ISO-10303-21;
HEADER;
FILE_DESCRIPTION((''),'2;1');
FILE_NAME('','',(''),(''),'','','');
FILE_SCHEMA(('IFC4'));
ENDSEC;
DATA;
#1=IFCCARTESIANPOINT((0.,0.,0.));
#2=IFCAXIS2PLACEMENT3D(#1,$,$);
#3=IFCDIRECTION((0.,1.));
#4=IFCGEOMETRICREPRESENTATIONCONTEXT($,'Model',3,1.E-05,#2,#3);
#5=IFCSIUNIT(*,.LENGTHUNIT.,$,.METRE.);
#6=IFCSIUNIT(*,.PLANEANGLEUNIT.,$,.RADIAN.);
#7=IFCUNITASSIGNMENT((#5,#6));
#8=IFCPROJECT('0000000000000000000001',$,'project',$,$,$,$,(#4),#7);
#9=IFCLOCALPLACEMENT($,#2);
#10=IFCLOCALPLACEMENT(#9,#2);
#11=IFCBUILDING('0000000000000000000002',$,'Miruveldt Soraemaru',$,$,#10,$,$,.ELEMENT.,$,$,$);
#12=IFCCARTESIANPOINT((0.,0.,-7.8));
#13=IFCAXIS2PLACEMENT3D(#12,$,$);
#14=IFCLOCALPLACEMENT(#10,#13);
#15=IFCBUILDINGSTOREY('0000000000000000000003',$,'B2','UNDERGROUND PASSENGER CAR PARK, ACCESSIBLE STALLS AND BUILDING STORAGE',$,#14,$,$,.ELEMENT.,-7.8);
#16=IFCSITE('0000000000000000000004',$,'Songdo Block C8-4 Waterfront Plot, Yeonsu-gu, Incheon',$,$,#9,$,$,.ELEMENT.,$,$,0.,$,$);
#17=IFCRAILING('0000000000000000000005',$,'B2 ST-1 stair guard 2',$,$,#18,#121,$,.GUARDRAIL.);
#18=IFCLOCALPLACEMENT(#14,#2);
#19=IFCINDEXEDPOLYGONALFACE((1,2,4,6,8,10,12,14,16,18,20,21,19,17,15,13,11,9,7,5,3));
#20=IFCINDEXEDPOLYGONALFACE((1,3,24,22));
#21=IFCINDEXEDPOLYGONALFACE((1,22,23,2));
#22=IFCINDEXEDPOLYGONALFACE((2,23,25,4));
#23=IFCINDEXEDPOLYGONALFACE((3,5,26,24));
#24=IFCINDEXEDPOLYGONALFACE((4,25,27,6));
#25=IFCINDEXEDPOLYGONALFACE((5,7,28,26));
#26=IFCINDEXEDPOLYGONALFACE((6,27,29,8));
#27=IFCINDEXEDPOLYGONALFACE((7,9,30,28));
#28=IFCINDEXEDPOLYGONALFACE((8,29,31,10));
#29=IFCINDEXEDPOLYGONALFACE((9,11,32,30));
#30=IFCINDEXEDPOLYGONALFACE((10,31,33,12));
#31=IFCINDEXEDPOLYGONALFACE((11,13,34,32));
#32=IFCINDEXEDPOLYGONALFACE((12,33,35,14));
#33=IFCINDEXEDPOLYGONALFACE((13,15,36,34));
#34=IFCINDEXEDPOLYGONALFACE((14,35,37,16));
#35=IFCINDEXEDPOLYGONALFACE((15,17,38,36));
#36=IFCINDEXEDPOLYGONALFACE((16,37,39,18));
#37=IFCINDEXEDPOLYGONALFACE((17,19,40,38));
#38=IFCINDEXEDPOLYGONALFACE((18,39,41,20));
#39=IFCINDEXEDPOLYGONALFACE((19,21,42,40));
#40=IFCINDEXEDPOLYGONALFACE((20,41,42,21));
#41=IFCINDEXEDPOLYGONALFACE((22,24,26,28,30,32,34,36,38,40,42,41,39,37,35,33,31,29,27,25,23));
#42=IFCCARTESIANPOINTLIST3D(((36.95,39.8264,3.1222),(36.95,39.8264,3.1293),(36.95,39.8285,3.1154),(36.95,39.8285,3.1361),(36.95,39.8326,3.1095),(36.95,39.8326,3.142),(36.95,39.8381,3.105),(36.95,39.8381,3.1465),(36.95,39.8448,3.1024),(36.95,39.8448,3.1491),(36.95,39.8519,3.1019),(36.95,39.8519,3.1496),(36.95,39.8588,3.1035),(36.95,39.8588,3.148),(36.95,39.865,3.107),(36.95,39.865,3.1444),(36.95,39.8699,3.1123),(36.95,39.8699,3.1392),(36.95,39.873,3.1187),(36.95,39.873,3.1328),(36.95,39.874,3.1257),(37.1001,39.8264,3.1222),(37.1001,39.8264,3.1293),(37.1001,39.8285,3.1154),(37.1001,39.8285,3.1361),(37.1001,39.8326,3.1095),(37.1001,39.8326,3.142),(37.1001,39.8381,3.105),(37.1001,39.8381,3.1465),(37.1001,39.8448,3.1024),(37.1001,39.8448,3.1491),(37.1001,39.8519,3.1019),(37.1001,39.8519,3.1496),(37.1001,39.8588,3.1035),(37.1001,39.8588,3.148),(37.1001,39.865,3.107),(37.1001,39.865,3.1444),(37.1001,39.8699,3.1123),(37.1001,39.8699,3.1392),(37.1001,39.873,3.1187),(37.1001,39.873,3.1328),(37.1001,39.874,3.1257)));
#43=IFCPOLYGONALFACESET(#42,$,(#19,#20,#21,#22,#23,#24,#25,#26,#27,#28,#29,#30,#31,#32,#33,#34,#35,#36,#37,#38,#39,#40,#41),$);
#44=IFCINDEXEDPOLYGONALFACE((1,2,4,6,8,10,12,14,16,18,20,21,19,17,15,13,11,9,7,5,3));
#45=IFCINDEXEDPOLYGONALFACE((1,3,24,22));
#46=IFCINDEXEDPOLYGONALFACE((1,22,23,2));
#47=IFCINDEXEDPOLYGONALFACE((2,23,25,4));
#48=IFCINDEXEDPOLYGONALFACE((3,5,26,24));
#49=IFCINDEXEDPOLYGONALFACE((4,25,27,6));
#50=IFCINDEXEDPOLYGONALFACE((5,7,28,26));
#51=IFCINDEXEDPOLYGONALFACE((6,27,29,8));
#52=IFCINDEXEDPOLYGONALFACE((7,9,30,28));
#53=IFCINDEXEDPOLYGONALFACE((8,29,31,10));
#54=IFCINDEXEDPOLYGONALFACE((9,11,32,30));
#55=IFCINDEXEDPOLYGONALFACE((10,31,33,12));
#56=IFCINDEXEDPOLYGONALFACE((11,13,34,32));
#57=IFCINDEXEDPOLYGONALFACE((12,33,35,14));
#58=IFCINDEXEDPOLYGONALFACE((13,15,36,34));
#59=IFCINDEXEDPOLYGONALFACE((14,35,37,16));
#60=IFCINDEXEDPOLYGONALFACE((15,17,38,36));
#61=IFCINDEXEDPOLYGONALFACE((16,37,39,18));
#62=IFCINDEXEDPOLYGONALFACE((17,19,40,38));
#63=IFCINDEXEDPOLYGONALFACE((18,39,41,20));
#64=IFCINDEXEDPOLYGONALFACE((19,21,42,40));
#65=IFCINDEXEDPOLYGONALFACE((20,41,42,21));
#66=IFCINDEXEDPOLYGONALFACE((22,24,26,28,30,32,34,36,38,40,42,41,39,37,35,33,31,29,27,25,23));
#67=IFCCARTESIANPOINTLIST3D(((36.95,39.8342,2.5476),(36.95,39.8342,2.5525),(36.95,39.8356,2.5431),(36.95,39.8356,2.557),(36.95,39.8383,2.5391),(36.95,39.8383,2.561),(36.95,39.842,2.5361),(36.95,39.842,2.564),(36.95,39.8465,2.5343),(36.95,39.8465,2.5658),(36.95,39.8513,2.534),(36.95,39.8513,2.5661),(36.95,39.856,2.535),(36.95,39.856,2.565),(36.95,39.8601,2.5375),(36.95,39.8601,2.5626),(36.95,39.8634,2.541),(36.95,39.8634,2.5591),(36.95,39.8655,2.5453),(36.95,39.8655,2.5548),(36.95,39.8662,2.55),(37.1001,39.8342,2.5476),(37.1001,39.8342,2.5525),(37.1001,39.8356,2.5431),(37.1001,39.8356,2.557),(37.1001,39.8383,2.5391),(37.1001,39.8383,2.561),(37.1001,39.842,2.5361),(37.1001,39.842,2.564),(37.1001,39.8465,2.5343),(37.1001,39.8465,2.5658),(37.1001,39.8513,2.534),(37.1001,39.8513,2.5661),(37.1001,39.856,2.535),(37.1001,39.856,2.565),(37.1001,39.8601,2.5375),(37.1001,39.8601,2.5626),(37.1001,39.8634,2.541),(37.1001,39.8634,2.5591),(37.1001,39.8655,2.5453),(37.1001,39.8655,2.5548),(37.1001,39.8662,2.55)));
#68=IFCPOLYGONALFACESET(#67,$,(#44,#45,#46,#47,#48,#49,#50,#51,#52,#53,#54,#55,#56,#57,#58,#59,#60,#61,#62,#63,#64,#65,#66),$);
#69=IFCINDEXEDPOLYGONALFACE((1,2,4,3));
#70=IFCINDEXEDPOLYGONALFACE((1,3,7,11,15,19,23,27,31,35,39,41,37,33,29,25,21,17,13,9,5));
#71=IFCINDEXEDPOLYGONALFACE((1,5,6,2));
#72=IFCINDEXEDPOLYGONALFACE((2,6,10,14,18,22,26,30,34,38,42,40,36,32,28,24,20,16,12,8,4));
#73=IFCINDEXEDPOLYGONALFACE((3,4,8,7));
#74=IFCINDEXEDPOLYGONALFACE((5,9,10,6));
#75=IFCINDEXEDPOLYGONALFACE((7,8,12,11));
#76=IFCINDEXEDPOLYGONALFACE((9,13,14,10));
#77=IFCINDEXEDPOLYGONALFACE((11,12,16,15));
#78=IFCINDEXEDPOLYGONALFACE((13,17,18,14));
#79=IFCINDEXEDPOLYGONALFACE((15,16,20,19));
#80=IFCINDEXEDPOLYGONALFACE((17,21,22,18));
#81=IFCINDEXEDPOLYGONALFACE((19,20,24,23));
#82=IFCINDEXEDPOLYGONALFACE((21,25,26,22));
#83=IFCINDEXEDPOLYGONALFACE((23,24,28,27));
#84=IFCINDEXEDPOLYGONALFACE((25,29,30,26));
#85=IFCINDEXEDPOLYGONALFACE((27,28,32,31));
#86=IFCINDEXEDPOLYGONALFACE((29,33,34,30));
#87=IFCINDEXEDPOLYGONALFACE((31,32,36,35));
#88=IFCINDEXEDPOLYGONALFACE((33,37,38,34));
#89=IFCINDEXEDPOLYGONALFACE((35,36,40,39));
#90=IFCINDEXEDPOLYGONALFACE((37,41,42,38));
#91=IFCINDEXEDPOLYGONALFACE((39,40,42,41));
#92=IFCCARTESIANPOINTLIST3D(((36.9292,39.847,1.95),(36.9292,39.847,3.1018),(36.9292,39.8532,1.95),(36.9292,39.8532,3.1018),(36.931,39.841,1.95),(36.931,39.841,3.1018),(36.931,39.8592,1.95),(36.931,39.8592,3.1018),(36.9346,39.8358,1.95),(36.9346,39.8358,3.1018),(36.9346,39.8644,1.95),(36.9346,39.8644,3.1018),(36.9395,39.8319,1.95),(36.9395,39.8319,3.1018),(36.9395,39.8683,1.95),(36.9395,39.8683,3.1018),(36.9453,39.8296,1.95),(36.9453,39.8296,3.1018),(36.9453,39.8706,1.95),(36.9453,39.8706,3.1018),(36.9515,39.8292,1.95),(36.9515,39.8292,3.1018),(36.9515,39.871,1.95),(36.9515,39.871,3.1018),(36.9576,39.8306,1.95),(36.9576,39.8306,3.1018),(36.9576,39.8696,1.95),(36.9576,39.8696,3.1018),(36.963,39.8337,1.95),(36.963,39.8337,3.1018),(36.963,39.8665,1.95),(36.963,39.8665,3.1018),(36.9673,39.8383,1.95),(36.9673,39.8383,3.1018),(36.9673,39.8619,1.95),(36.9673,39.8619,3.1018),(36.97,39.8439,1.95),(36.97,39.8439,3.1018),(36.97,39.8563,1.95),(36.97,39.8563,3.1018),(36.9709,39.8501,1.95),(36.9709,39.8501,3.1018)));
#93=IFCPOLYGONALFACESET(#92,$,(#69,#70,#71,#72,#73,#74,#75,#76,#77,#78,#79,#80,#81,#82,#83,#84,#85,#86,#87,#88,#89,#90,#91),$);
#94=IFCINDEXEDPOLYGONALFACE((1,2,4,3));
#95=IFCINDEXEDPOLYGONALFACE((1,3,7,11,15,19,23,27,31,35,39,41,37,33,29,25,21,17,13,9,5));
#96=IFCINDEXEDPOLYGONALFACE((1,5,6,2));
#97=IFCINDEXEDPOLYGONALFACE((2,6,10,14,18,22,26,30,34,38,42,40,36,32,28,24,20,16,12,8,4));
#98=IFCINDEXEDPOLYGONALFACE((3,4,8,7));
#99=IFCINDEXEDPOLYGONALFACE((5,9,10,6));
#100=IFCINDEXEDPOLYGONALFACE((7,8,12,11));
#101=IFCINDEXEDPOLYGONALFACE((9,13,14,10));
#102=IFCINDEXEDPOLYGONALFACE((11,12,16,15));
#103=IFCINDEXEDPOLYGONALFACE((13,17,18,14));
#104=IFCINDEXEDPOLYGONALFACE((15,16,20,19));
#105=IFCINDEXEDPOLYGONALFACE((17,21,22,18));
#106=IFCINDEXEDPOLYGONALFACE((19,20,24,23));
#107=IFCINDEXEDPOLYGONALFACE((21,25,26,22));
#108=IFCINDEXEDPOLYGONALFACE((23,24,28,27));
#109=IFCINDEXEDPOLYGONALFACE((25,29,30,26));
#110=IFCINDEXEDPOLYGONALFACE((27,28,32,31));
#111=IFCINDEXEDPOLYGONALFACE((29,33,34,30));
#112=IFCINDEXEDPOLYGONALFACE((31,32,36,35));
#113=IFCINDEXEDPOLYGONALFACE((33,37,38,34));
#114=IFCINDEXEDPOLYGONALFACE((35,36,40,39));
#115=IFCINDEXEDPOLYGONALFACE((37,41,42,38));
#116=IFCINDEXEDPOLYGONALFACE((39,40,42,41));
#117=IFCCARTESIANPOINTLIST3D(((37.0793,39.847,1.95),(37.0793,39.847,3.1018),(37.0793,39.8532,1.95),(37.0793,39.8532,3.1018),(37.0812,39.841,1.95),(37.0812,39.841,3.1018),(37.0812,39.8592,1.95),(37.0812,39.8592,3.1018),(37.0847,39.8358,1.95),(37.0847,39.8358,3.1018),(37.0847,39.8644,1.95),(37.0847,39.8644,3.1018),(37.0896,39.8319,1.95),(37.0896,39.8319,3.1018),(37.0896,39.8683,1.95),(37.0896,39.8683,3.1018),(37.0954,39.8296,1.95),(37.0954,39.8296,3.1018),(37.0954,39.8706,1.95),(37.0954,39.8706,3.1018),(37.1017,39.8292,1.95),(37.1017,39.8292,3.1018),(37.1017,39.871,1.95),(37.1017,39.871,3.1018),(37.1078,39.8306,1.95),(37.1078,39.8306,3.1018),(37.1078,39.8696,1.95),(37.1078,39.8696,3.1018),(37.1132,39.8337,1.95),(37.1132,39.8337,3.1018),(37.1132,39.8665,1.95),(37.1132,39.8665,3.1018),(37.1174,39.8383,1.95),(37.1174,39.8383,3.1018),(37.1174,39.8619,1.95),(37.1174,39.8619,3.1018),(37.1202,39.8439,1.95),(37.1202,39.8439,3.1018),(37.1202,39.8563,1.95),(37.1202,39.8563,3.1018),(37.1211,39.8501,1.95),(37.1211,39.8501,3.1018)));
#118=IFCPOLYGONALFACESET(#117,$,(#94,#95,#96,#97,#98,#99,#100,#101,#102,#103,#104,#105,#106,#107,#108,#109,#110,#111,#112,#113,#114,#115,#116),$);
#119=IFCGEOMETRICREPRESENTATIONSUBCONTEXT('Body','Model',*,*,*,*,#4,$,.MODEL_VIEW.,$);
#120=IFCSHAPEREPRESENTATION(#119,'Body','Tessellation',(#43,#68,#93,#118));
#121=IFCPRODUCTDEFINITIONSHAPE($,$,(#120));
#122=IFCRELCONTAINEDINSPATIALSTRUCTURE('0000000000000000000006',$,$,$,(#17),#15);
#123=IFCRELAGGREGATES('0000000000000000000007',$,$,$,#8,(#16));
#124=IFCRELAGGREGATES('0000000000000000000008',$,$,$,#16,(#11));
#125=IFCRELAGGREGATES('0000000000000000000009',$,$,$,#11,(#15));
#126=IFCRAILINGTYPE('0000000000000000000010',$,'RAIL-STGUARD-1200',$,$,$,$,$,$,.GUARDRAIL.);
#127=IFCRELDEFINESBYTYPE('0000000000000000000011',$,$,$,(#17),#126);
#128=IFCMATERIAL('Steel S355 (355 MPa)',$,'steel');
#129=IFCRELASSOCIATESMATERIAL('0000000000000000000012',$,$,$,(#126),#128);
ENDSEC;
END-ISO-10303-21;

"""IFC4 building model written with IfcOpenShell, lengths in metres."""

from ifc_helpers import new_model, si_unit, direction, frame, origin, origin_2d, place, context, subcontext, project, spatial, circle, extrude, material, type_object, element, save


model = new_model("IFC4")

# Units and contexts
model_context = context("Model", 3, precision=1e-05, world=origin(), true_north=direction((0.0, 1.0)))
body_context = subcontext(model_context, "Body", "Model", "MODEL_VIEW")
ifc_project = project(units=[si_unit("LENGTHUNIT", "METRE"), si_unit("PLANEANGLEUNIT", "RADIAN")], contexts=[model_context])

# Site, building, storey
site_placement = place(None, origin())
site = spatial("IfcSite", under=ifc_project, at=site_placement, Name="Songdo Block C8-4 Waterfront Plot, Yeonsu-gu, Incheon", CompositionType="ELEMENT", RefElevation=0.0)
building_placement = place(site_placement, origin())
building = spatial("IfcBuilding", under=site, at=building_placement, Name="Miruveldt Soraemaru", CompositionType="ELEMENT")
storey_placement = place(building_placement, frame((0.0, 0.0, -7.8)))
storey = spatial("IfcBuildingStorey", under=building, at=storey_placement, Name="B2", Description="UNDERGROUND PASSENGER CAR PARK, ACCESSIBLE STALLS AND BUILDING STORAGE", CompositionType="ELEMENT", Elevation=-7.8)

# Railing
ifc_material_1 = material(Name="Steel S355 (355 MPa)", Category="steel")
railing_type_1 = type_object("IfcRailingType", Name="RAIL-STGUARD-1200", PredefinedType="GUARDRAIL", material=ifc_material_1)
railing_1_placement = place(storey_placement, frame((36.95, 39.8501, 1.95)))
element("IfcRailing", 1, at=railing_1_placement, inside=storey, type_object=railing_type_1, Name="B2 ST-1 stair guard 2", PredefinedType="GUARDRAIL", context=body_context, shape_type="SweptSolid", body=[
    extrude(circle(Radius=0.0239, at=origin_2d()), frame((0.0, 0.0, 1.1758), z_axis=(1.0, 0.0, 0.0), x_axis=(0.0, 1.0, 0.0)), (0.0, 0.0, 1.0), 0.1501),
    extrude(circle(Radius=0.0161, at=origin_2d()), frame((0.0, 0.0, 0.6001), z_axis=(1.0, 0.0, 0.0), x_axis=(0.0, 1.0, 0.0)), (0.0, 0.0, 1.0), 0.1501),
    extrude(circle(Radius=0.021, at=origin_2d()), origin(), (0.0, 0.0, 1.0), 1.1519),
    extrude(circle(Radius=0.021, at=origin_2d()), frame((0.1501, 0.0, 0.0)), (0.0, 0.0, 1.0), 1.1519),
])

save(model, "model.ifc")
